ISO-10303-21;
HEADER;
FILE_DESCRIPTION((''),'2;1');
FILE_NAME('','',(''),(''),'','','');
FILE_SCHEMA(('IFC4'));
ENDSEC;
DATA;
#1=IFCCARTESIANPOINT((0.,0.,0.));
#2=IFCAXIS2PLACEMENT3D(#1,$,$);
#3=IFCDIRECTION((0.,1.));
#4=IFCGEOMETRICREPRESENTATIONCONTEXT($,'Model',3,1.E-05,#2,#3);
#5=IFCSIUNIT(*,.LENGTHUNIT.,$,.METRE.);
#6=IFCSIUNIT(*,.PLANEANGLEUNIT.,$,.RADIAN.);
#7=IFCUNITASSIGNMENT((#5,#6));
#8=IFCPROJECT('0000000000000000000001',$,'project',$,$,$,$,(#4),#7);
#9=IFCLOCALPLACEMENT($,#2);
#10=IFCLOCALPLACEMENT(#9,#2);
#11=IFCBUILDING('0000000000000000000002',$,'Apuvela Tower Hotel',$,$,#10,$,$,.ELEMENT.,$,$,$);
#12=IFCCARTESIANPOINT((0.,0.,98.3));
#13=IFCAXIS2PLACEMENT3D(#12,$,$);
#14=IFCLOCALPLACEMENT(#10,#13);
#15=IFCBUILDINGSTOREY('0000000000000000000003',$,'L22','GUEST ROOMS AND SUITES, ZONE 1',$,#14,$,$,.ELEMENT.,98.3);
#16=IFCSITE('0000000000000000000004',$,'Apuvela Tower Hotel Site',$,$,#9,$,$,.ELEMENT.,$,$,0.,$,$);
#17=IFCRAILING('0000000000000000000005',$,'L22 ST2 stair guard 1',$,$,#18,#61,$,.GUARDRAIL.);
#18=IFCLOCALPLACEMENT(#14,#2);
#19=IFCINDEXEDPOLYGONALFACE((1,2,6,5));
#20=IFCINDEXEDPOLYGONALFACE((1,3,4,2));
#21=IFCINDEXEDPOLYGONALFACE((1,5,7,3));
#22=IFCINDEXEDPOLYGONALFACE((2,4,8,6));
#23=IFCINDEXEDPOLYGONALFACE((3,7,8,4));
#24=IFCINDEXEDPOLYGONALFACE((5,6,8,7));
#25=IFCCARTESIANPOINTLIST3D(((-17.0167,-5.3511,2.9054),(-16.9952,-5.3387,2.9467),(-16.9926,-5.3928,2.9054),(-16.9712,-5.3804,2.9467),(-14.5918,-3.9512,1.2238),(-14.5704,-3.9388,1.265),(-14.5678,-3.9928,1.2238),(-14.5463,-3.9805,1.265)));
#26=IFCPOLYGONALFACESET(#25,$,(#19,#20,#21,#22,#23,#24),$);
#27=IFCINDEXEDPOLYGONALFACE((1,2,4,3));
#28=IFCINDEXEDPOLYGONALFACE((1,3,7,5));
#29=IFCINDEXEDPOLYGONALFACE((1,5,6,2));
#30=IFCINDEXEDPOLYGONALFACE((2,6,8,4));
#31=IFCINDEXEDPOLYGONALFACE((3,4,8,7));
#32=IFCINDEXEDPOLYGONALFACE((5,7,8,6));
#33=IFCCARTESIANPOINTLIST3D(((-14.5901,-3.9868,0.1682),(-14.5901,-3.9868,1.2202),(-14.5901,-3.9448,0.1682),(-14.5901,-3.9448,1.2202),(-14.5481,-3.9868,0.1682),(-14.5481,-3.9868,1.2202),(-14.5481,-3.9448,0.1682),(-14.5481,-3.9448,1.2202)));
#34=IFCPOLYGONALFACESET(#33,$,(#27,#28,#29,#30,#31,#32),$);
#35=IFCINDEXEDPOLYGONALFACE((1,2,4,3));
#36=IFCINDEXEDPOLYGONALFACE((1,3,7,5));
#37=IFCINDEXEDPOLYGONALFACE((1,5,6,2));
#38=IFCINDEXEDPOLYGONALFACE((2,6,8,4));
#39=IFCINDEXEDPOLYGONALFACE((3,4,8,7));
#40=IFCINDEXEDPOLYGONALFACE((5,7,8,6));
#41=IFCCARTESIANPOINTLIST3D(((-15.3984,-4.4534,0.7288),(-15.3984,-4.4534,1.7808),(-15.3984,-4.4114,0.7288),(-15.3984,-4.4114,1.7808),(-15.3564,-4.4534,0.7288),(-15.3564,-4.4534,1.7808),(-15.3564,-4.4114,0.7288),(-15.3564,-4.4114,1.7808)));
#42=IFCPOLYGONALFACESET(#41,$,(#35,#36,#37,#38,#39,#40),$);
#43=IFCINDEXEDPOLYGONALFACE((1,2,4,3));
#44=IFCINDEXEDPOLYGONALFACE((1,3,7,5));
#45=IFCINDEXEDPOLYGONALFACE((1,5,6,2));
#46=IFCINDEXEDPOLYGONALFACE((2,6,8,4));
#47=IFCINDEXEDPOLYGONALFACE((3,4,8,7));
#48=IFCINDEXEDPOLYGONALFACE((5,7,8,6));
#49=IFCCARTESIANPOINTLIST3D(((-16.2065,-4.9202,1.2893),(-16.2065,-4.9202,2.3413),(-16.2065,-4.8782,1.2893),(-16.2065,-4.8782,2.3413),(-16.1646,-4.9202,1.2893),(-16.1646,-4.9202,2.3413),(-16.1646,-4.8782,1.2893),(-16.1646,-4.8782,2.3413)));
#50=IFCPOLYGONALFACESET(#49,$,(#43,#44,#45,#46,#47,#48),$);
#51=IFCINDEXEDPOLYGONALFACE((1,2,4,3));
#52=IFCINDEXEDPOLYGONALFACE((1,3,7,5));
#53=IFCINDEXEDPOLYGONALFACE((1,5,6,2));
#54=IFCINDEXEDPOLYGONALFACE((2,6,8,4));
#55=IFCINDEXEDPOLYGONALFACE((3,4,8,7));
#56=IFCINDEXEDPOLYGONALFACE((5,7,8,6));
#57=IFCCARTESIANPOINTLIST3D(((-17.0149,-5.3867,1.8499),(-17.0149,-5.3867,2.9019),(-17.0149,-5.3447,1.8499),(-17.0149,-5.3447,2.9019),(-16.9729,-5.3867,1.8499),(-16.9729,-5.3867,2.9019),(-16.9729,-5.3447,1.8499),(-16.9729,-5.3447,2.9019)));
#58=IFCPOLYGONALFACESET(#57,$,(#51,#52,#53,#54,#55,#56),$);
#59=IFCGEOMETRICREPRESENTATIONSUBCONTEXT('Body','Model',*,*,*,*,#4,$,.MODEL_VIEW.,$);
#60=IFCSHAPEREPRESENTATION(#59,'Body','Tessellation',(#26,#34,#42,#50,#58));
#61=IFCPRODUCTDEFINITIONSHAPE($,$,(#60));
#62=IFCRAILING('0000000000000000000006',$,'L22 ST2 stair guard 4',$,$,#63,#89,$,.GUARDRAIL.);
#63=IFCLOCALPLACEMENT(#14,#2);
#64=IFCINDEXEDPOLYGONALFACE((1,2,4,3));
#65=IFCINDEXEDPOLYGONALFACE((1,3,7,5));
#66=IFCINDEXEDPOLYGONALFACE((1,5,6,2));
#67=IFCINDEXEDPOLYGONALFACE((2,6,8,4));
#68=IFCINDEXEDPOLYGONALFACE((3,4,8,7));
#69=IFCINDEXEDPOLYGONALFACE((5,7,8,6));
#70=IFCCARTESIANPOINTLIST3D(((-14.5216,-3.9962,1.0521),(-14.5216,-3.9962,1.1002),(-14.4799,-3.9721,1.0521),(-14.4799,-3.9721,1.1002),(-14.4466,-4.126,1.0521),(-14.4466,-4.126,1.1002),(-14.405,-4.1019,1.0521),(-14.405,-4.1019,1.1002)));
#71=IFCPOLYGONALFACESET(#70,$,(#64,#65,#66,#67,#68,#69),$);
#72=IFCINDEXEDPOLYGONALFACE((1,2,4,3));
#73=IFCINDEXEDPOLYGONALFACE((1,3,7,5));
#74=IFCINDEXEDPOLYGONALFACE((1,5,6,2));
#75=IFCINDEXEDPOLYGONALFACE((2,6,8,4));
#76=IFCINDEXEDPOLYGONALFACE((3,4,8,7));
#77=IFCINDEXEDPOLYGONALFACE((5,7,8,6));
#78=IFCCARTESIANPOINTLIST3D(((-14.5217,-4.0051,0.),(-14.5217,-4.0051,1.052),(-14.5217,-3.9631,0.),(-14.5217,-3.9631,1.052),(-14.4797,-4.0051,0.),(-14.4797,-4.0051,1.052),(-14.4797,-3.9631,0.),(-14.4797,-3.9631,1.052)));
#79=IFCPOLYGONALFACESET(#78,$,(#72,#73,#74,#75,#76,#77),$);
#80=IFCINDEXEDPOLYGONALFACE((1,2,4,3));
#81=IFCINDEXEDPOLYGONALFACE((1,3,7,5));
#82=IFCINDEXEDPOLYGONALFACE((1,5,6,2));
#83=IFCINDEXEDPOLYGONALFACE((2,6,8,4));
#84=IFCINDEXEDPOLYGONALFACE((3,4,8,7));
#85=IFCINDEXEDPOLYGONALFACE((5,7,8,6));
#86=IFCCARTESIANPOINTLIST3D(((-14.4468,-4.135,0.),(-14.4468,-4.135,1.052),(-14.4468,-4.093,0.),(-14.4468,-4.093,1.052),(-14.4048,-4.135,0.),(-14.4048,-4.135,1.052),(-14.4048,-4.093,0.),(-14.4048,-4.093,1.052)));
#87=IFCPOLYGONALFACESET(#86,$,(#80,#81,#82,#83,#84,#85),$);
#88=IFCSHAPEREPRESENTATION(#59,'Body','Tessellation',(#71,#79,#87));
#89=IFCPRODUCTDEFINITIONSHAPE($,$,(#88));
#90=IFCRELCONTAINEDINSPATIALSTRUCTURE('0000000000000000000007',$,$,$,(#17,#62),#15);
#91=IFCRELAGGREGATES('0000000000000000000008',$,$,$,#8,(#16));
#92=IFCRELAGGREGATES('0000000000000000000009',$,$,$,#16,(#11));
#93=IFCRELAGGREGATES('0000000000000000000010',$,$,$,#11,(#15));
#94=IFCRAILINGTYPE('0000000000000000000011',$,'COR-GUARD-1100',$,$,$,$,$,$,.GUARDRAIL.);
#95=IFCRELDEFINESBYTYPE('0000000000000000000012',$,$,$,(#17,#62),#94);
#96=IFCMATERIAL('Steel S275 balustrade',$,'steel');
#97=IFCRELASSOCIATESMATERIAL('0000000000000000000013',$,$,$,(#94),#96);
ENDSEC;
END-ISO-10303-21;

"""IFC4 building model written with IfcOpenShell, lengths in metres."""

from ifc_helpers import new_model, si_unit, direction, frame, origin, origin_2d, place, context, subcontext, project, spatial, rectangle, extrude, material, type_object, element, save


model = new_model("IFC4")

# Units and contexts
model_context = context("Model", 3, precision=1e-05, world=origin(), true_north=direction((0.0, 1.0)))
body_context = subcontext(model_context, "Body", "Model", "MODEL_VIEW")
ifc_project = project(units=[si_unit("LENGTHUNIT", "METRE"), si_unit("PLANEANGLEUNIT", "RADIAN")], contexts=[model_context])

# Site, building, storey
site_placement = place(None, origin())
site = spatial("IfcSite", under=ifc_project, at=site_placement, Name="Apuvela Tower Hotel Site", CompositionType="ELEMENT", RefElevation=0.0)
building_placement = place(site_placement, origin())
building = spatial("IfcBuilding", under=site, at=building_placement, Name="Apuvela Tower Hotel", CompositionType="ELEMENT")
storey_placement = place(building_placement, frame((0.0, 0.0, 98.3)))
storey = spatial("IfcBuildingStorey", under=building, at=storey_placement, Name="L22", Description="GUEST ROOMS AND SUITES, ZONE 1", CompositionType="ELEMENT", Elevation=98.3)

# Railings
ifc_material_1 = material(Name="Steel S275 balustrade", Category="steel")
railing_type = type_object("IfcRailingType", Name="COR-GUARD-1100", PredefinedType="GUARDRAIL", material=ifc_material_1)
railing_1_placement = place(storey_placement, frame((-14.5691, -3.9658, 0.1682)))
element("IfcRailing", 1, at=railing_1_placement, inside=storey, type_object=railing_type, Name="L22 ST2 stair guard 1", PredefinedType="GUARDRAIL", context=body_context, shape_type="SweptSolid", body=[
    extrude(rectangle(XDim=0.0481, YDim=0.0481, at=origin_2d()), frame((0.0, 0.0, 1.0762), z_axis=(-0.742419, -0.428618, 0.514879), x_axis=(0.499984, -0.866035, 0.0)), (0.0, 0.0, 1.0), 3.2661),
    extrude(rectangle(XDim=0.042, YDim=0.042, at=origin_2d()), origin(), (0.0, 0.0, 1.0), 1.052),
    extrude(rectangle(XDim=0.042, YDim=0.042, at=origin_2d()), frame((-0.8083, -0.4666, 0.5605)), (0.0, 0.0, 1.0), 1.052),
    extrude(rectangle(XDim=0.042, YDim=0.042, at=origin_2d()), frame((-1.6165, -0.9333, 1.1211)), (0.0, 0.0, 1.0), 1.052),
    extrude(rectangle(XDim=0.042, YDim=0.042, at=origin_2d()), frame((-2.4248, -1.3999, 1.6816)), (0.0, 0.0, 1.0), 1.052),
])
railing_2_placement = place(storey_placement, frame((-14.5007, -3.9841, 0.0)))
element("IfcRailing", 2, at=railing_2_placement, inside=storey, type_object=railing_type, Name="L22 ST2 stair guard 4", PredefinedType="GUARDRAIL", context=body_context, shape_type="SweptSolid", body=[
    extrude(rectangle(XDim=0.0481, YDim=0.0481, at=origin_2d()), frame((0.0, 0.0, 1.0762), z_axis=(0.499816, -0.866131, 0.0), x_axis=(0.866131, 0.499816, 0.0)), (0.0, 0.0, 1.0), 0.1499),
    extrude(rectangle(XDim=0.042, YDim=0.042, at=origin_2d()), origin(), (0.0, 0.0, 1.0), 1.052),
    extrude(rectangle(XDim=0.042, YDim=0.042, at=origin_2d()), frame((0.075, -0.1299, 0.0)), (0.0, 0.0, 1.0), 1.052),
])

save(model, "model.ifc")
